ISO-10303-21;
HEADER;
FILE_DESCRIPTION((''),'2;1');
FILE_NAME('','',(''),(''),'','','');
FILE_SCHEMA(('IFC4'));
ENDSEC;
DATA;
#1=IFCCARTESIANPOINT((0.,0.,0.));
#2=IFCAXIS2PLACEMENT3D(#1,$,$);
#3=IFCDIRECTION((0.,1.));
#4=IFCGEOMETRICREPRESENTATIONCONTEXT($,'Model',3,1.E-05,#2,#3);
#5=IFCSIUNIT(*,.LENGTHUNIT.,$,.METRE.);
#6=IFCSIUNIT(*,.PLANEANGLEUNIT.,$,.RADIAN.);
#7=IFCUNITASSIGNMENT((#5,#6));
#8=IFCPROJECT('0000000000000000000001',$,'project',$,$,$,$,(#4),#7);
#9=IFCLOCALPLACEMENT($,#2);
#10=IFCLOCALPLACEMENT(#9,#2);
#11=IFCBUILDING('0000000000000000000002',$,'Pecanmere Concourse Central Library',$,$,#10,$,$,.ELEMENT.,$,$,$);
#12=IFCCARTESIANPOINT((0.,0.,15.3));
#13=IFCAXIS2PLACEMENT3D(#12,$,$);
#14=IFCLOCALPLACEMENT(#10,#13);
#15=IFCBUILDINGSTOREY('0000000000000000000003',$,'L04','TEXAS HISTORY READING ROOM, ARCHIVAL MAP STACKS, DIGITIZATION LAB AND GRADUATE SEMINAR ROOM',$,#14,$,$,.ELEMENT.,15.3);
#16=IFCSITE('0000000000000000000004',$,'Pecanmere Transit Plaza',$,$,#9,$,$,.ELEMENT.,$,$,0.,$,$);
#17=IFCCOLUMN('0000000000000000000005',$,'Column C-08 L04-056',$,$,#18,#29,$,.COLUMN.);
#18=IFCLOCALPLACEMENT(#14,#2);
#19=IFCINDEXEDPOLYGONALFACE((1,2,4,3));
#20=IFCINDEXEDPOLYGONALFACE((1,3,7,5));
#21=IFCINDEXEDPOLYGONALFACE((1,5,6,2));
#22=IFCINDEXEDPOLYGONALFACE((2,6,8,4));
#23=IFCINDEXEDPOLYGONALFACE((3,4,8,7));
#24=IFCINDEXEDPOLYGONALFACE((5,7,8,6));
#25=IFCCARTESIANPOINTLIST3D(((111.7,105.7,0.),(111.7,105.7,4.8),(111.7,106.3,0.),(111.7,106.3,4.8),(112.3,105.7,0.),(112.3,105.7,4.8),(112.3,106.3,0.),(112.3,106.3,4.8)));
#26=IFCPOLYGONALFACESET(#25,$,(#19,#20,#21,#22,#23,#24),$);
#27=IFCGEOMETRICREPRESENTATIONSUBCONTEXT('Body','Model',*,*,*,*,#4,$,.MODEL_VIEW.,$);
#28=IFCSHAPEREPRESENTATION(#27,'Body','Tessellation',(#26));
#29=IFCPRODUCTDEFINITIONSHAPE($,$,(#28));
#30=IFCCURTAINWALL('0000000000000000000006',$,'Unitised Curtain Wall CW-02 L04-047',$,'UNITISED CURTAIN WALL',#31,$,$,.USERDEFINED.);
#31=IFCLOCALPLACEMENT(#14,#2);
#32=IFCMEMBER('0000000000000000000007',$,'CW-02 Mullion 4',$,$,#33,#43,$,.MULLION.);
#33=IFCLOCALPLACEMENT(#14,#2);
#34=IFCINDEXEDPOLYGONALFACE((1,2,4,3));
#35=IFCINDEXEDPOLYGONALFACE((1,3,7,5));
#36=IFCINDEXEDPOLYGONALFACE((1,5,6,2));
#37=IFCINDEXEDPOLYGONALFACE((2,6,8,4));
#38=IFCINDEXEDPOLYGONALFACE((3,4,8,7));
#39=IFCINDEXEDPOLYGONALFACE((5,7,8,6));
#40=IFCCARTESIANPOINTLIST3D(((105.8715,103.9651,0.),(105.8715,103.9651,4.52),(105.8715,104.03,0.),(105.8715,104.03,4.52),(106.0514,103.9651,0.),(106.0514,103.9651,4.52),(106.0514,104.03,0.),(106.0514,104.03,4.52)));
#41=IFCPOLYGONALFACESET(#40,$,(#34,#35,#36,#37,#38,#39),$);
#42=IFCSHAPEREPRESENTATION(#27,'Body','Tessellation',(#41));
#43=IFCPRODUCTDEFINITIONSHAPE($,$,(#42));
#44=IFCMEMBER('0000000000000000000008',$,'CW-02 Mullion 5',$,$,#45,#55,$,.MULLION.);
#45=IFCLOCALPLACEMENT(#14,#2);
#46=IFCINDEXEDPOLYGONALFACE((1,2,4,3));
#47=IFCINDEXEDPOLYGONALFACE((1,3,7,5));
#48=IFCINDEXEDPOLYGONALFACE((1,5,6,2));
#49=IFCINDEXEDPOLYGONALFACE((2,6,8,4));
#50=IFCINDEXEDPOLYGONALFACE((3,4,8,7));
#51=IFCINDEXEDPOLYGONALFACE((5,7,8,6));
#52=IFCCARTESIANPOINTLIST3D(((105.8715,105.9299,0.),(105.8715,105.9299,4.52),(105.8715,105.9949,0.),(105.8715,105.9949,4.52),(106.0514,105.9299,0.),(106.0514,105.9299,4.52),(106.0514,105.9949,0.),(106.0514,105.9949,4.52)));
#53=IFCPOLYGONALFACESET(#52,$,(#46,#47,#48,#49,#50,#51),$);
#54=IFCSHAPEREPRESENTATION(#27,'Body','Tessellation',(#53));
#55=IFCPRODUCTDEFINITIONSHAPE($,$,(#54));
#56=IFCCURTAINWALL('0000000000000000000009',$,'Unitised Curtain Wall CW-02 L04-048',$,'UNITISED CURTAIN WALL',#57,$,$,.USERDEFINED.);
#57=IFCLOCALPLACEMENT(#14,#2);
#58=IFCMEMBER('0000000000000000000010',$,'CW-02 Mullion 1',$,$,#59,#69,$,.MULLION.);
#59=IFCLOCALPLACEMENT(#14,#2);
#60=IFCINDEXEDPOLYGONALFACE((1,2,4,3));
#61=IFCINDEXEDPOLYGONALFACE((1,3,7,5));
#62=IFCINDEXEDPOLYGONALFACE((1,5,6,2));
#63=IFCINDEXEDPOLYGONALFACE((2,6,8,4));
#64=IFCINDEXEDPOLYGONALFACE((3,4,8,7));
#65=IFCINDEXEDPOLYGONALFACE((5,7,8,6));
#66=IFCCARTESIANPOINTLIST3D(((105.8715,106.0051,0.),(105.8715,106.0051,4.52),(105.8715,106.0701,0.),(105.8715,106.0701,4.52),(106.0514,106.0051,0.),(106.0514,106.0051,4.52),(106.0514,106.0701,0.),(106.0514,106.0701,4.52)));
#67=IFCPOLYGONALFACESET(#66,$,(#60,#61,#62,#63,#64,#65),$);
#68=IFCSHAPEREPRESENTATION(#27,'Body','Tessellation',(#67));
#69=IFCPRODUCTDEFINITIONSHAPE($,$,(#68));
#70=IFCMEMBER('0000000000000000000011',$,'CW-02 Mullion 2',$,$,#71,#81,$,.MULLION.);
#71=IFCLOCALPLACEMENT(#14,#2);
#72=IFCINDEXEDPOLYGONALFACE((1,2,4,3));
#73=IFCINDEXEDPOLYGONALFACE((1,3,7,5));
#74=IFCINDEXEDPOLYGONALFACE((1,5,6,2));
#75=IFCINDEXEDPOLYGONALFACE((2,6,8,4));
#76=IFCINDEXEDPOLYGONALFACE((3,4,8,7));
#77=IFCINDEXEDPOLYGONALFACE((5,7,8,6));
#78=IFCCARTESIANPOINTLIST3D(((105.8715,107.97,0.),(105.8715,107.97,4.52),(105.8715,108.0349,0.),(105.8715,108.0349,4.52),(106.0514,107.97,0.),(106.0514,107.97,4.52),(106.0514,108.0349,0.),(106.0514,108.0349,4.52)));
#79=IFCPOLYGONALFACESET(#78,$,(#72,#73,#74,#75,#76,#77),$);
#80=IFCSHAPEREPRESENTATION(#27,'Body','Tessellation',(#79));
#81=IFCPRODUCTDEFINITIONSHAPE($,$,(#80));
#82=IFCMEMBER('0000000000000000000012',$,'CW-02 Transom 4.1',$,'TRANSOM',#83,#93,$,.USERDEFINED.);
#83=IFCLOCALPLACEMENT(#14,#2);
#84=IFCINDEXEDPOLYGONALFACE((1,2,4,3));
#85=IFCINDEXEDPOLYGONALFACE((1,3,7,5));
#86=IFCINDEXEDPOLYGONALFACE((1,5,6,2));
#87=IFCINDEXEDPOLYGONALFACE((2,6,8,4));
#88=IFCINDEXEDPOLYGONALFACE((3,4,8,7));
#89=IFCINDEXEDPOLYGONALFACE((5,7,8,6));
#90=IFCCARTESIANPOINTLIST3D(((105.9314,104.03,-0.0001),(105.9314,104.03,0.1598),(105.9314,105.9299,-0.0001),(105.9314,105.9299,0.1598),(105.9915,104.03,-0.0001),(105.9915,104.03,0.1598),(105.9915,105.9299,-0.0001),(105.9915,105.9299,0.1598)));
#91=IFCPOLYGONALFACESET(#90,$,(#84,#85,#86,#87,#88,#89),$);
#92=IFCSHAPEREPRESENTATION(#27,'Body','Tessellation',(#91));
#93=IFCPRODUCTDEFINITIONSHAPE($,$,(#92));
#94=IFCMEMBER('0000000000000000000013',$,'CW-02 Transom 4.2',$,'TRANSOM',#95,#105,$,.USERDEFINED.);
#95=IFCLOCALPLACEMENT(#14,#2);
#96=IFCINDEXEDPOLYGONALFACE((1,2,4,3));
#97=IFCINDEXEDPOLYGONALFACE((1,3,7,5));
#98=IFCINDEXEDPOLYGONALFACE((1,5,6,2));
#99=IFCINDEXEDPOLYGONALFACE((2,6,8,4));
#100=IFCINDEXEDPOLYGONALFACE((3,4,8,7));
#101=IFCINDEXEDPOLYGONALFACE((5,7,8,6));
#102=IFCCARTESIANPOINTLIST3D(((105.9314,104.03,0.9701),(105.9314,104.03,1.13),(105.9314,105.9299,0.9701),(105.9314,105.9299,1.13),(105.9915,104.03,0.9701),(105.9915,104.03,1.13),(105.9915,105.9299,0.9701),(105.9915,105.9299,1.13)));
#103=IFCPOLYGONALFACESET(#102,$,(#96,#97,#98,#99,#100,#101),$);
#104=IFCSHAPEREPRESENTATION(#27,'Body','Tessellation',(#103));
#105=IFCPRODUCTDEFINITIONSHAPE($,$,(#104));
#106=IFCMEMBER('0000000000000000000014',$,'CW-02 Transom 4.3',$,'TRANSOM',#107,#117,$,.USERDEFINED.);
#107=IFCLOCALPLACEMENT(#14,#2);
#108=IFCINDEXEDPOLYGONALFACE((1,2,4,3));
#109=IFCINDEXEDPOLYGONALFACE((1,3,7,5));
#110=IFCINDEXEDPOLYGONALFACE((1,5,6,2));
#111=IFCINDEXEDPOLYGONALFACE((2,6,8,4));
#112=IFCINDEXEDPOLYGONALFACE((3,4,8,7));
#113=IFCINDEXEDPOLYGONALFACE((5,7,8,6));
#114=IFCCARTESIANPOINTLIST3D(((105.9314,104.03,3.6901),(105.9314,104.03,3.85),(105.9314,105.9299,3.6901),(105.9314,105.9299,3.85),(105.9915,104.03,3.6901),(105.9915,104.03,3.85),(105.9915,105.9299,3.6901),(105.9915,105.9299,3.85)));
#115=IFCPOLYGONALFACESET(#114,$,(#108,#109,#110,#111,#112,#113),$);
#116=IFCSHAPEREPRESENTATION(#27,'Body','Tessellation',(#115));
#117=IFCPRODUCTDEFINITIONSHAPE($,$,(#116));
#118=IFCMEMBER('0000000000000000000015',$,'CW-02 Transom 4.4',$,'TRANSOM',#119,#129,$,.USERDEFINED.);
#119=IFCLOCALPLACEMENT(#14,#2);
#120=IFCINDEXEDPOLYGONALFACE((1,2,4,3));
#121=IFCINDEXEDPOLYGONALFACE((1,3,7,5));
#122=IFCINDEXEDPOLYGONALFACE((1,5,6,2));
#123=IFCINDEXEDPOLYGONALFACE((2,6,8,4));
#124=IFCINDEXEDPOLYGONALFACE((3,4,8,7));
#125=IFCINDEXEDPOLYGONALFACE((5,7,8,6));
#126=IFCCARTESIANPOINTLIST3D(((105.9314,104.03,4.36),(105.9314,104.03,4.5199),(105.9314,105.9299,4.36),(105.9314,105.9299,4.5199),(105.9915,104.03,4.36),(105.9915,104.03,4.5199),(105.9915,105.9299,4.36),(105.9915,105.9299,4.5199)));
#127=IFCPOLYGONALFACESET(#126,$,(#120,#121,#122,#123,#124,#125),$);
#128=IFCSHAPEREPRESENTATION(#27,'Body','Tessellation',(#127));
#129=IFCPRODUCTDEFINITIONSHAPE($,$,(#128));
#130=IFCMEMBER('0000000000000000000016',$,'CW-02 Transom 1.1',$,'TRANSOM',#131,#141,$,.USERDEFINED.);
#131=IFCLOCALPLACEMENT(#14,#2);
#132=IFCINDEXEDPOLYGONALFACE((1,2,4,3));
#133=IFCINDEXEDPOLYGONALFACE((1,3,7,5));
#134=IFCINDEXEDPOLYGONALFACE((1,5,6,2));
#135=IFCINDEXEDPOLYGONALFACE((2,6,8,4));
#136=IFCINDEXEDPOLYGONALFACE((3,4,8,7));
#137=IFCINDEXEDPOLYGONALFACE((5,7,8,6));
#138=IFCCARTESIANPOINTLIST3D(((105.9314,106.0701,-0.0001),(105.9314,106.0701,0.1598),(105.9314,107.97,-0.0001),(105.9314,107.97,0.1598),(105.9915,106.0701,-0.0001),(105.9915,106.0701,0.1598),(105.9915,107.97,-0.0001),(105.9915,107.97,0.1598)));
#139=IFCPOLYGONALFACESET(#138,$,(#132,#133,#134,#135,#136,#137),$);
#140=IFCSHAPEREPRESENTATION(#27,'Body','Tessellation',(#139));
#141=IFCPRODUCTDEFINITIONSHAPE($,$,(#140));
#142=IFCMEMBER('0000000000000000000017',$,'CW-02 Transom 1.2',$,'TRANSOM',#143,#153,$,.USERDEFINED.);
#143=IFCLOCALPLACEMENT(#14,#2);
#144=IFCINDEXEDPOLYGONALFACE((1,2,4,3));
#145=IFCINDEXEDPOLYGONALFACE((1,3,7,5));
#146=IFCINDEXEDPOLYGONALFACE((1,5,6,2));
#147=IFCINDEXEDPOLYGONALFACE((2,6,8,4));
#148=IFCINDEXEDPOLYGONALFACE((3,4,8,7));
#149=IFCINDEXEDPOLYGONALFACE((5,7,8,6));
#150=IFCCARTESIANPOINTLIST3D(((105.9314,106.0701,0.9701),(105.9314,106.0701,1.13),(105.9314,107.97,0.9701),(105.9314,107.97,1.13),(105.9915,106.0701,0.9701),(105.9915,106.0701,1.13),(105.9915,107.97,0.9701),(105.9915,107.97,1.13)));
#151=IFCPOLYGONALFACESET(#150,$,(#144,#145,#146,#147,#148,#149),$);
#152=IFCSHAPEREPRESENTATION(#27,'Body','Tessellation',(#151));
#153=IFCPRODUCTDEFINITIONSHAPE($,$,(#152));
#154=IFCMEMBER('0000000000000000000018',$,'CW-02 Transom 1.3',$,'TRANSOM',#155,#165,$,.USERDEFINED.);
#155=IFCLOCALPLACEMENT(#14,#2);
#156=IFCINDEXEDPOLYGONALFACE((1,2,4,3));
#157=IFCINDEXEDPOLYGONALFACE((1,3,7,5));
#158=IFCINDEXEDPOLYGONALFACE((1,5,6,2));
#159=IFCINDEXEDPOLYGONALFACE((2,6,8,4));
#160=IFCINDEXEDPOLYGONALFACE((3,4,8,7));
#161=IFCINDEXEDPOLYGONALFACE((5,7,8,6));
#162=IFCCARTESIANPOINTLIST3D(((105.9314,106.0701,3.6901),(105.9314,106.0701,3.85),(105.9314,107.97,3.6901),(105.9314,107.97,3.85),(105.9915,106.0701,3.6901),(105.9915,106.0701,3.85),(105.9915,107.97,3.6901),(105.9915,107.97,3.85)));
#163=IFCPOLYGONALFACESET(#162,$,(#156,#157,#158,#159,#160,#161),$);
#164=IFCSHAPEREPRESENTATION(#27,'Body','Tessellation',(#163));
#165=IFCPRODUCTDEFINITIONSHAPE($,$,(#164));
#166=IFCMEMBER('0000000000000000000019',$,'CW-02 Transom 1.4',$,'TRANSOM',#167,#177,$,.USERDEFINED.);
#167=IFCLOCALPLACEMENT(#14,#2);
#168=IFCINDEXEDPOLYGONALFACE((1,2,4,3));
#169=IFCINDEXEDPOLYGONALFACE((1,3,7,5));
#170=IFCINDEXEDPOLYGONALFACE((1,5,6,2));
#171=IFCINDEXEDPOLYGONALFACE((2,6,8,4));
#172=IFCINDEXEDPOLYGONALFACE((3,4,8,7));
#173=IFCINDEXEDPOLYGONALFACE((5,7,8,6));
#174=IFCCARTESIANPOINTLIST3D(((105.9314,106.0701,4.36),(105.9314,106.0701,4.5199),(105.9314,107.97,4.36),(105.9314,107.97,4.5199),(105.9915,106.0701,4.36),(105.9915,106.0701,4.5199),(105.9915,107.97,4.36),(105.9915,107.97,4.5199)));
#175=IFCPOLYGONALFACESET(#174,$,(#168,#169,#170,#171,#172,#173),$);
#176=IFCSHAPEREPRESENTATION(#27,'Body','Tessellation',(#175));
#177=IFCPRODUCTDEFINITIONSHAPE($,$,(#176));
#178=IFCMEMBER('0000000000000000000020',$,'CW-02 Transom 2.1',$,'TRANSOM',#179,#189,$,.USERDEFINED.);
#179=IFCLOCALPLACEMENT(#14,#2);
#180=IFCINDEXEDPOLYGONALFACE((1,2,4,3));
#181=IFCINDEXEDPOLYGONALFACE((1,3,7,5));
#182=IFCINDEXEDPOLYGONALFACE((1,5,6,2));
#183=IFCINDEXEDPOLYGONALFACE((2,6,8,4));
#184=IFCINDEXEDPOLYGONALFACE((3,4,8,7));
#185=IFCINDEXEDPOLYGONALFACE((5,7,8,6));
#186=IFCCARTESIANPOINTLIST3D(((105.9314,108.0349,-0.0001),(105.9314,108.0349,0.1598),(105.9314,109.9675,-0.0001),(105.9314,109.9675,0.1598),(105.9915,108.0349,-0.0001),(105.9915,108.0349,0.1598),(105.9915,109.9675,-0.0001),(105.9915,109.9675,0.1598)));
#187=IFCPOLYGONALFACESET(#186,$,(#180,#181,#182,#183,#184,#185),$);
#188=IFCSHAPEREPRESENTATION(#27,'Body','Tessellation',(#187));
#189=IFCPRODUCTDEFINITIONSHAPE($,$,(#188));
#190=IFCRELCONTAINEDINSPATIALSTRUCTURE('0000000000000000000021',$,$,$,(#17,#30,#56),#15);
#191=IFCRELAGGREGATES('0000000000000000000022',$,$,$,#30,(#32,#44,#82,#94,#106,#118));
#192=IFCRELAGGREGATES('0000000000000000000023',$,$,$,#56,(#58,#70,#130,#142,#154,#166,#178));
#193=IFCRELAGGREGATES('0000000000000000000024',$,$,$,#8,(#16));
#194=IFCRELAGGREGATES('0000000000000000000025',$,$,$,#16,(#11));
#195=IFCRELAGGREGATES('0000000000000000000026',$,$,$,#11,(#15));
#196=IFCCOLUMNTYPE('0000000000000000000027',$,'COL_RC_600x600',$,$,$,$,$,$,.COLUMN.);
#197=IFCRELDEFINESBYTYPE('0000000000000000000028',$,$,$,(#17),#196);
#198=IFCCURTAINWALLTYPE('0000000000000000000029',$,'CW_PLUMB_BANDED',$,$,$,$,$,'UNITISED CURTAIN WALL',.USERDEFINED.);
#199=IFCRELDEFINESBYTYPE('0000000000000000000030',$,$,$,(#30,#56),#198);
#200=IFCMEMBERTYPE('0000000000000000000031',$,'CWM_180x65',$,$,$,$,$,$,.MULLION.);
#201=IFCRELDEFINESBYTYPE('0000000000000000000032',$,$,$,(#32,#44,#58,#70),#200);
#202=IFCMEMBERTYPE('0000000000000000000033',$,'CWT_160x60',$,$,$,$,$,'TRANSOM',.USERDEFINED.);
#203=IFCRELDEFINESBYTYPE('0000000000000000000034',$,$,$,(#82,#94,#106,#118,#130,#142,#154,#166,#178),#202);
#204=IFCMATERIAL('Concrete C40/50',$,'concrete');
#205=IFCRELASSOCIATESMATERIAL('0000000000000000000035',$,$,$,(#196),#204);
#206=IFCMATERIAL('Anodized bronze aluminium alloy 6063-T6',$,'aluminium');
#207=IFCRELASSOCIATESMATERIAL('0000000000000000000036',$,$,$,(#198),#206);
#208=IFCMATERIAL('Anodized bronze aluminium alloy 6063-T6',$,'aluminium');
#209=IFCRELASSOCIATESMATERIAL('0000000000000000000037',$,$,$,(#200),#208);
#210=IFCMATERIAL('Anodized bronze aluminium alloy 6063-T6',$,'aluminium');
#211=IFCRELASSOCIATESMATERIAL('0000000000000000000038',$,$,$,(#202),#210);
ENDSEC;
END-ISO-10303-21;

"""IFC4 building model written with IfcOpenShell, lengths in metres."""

from ifc_helpers import new_model, si_unit, direction, frame, origin, origin_2d, place, context, subcontext, project, spatial, rectangle, extrude, material, material_profile, profile_set, type_object, element, aggregate, save


model = new_model("IFC4")

# Units and contexts
model_context = context("Model", 3, precision=1e-05, world=origin(), true_north=direction((0.0, 1.0)))
body_context = subcontext(model_context, "Body", "Model", "MODEL_VIEW")
ifc_project = project(units=[si_unit("LENGTHUNIT", "METRE"), si_unit("PLANEANGLEUNIT", "RADIAN")], contexts=[model_context])

# Site, building, storey
site_placement = place(None, origin())
site = spatial("IfcSite", under=ifc_project, at=site_placement, Name="Pecanmere Transit Plaza", CompositionType="ELEMENT", RefElevation=0.0)
building_placement = place(site_placement, origin())
building = spatial("IfcBuilding", under=site, at=building_placement, Name="Pecanmere Concourse Central Library", CompositionType="ELEMENT")
storey_placement = place(building_placement, frame((0.0, 0.0, 15.3)))
storey = spatial("IfcBuildingStorey", under=building, at=storey_placement, Name="L04", Description="TEXAS HISTORY READING ROOM, ARCHIVAL MAP STACKS, DIGITIZATION LAB AND GRADUATE SEMINAR ROOM", CompositionType="ELEMENT", Elevation=15.3)

# Column
ifc_material_1 = material(Name="Concrete C40/50", Category="concrete")
ifc_material_profile_1 = material_profile(ifc_material_1, rectangle(XDim=0.6001, YDim=0.6001, at=origin_2d()), Name="RC 600x600")
ifc_profile_set_1 = profile_set([ifc_material_profile_1], Name="Concrete C40/50")
column_type = type_object("IfcColumnType", Name="COL_RC_600x600", PredefinedType="COLUMN", material=ifc_profile_set_1)
column_placement = place(storey_placement, frame((112.0, 106.0, 0.0), z_axis=(0.0, 0.0, 1.0), x_axis=(1.0, 0.0, 0.0)))
element("IfcColumn", 1, at=column_placement, inside=storey, type_object=column_type, Name="Column C-08 L04-056", PredefinedType="COLUMN", context=body_context, shape_type="SweptSolid", body=[
    extrude(rectangle(XDim=0.6001, YDim=0.6001, at=origin_2d()), origin(), (0.0, 0.0, 1.0), 4.8),
])

# Curtain walls, members
ifc_material_2 = material(Name="Anodized bronze aluminium alloy 6063-T6", Category="aluminium")
curtain_wall_type = type_object("IfcCurtainWallType", Name="CW_PLUMB_BANDED", ElementType="UNITISED CURTAIN WALL", PredefinedType="USERDEFINED", material=ifc_material_2)
curtain_wall_1_placement = place(storey_placement, origin())
curtain_wall_1 = element("IfcCurtainWall", 2, at=curtain_wall_1_placement, inside=storey, type_object=curtain_wall_type, Name="Unitised Curtain Wall CW-02 L04-047", ObjectType="UNITISED CURTAIN WALL", PredefinedType="USERDEFINED")
ifc_material_3 = material(Name="Anodized bronze aluminium alloy 6063-T6", Category="aluminium")
ifc_material_profile_2 = material_profile(ifc_material_3, rectangle(XDim=0.0649, YDim=0.1799, at=origin_2d()), Name="AL 65x180")
ifc_profile_set_2 = profile_set([ifc_material_profile_2], Name="Anodized bronze aluminium alloy 6063-T6")
member_type_1 = type_object("IfcMemberType", Name="CWM_180x65", PredefinedType="MULLION", material=ifc_profile_set_2)
member_1_placement = place(storey_placement, frame((105.9614, 103.9976, 0.0), z_axis=(0.0, 0.0, 1.0), x_axis=(0.0, 1.0, 0.0)))
member_1 = element("IfcMember", 3, at=member_1_placement, type_object=member_type_1, Name="CW-02 Mullion 4", PredefinedType="MULLION", context=body_context, shape_type="SweptSolid", body=[
    extrude(rectangle(XDim=0.0649, YDim=0.1799, at=origin_2d()), origin(), (0.0, 0.0, 1.0), 4.52),
])
member_2_placement = place(storey_placement, frame((105.9614, 105.9624, 0.0), z_axis=(0.0, 0.0, 1.0), x_axis=(0.0, 1.0, 0.0)))
member_2 = element("IfcMember", 4, at=member_2_placement, type_object=member_type_1, Name="CW-02 Mullion 5", PredefinedType="MULLION", context=body_context, shape_type="SweptSolid", body=[
    extrude(rectangle(XDim=0.0649, YDim=0.1799, at=origin_2d()), origin(), (0.0, 0.0, 1.0), 4.52),
])
curtain_wall_2_placement = place(storey_placement, origin())
curtain_wall_2 = element("IfcCurtainWall", 5, at=curtain_wall_2_placement, inside=storey, type_object=curtain_wall_type, Name="Unitised Curtain Wall CW-02 L04-048", ObjectType="UNITISED CURTAIN WALL", PredefinedType="USERDEFINED")
member_3_placement = place(storey_placement, frame((105.9614, 106.0376, 0.0), z_axis=(0.0, 0.0, 1.0), x_axis=(0.0, 1.0, 0.0)))
member_3 = element("IfcMember", 6, at=member_3_placement, type_object=member_type_1, Name="CW-02 Mullion 1", PredefinedType="MULLION", context=body_context, shape_type="SweptSolid", body=[
    extrude(rectangle(XDim=0.0649, YDim=0.1799, at=origin_2d()), origin(), (0.0, 0.0, 1.0), 4.52),
])
member_4_placement = place(storey_placement, frame((105.9614, 108.0024, 0.0), z_axis=(0.0, 0.0, 1.0), x_axis=(0.0, 1.0, 0.0)))
member_4 = element("IfcMember", 7, at=member_4_placement, type_object=member_type_1, Name="CW-02 Mullion 2", PredefinedType="MULLION", context=body_context, shape_type="SweptSolid", body=[
    extrude(rectangle(XDim=0.0649, YDim=0.1799, at=origin_2d()), origin(), (0.0, 0.0, 1.0), 4.52),
])

# Members
ifc_material_4 = material(Name="Anodized bronze aluminium alloy 6063-T6", Category="aluminium")
ifc_material_profile_3 = material_profile(ifc_material_4, rectangle(XDim=0.0601, YDim=0.1599, at=origin_2d()), Name="AL 60x160")
ifc_profile_set_3 = profile_set([ifc_material_profile_3], Name="Anodized bronze aluminium alloy 6063-T6")
member_type_2 = type_object("IfcMemberType", Name="CWT_160x60", ElementType="TRANSOM", PredefinedType="USERDEFINED", material=ifc_profile_set_3)
member_5_placement = place(storey_placement, frame((105.9614, 104.03, 0.0798), z_axis=(0.0, 1.0, 0.0), x_axis=(-1.0, 0.0, 0.0)))
member_5 = element("IfcMember", 8, at=member_5_placement, type_object=member_type_2, Name="CW-02 Transom 4.1", ObjectType="TRANSOM", PredefinedType="USERDEFINED", context=body_context, shape_type="SweptSolid", body=[
    extrude(rectangle(XDim=0.0601, YDim=0.1599, at=origin_2d()), origin(), (0.0, 0.0, 1.0), 1.8999),
])
member_6_placement = place(storey_placement, frame((105.9614, 104.03, 1.05), z_axis=(0.0, 1.0, 0.0), x_axis=(-1.0, 0.0, 0.0)))
member_6 = element("IfcMember", 9, at=member_6_placement, type_object=member_type_2, Name="CW-02 Transom 4.2", ObjectType="TRANSOM", PredefinedType="USERDEFINED", context=body_context, shape_type="SweptSolid", body=[
    extrude(rectangle(XDim=0.0601, YDim=0.1599, at=origin_2d()), origin(), (0.0, 0.0, 1.0), 1.8999),
])
member_7_placement = place(storey_placement, frame((105.9614, 104.03, 3.77), z_axis=(0.0, 1.0, 0.0), x_axis=(-1.0, 0.0, 0.0)))
member_7 = element("IfcMember", 10, at=member_7_placement, type_object=member_type_2, Name="CW-02 Transom 4.3", ObjectType="TRANSOM", PredefinedType="USERDEFINED", context=body_context, shape_type="SweptSolid", body=[
    extrude(rectangle(XDim=0.0601, YDim=0.1599, at=origin_2d()), origin(), (0.0, 0.0, 1.0), 1.8999),
])
member_8_placement = place(storey_placement, frame((105.9614, 104.03, 4.4399), z_axis=(0.0, 1.0, 0.0), x_axis=(-1.0, 0.0, 0.0)))
member_8 = element("IfcMember", 11, at=member_8_placement, type_object=member_type_2, Name="CW-02 Transom 4.4", ObjectType="TRANSOM", PredefinedType="USERDEFINED", context=body_context, shape_type="SweptSolid", body=[
    extrude(rectangle(XDim=0.0601, YDim=0.1599, at=origin_2d()), origin(), (0.0, 0.0, 1.0), 1.8999),
])
member_9_placement = place(storey_placement, frame((105.9614, 106.0701, 0.0798), z_axis=(0.0, 1.0, 0.0), x_axis=(-1.0, 0.0, 0.0)))
member_9 = element("IfcMember", 12, at=member_9_placement, type_object=member_type_2, Name="CW-02 Transom 1.1", ObjectType="TRANSOM", PredefinedType="USERDEFINED", context=body_context, shape_type="SweptSolid", body=[
    extrude(rectangle(XDim=0.0601, YDim=0.1599, at=origin_2d()), origin(), (0.0, 0.0, 1.0), 1.8999),
])
member_10_placement = place(storey_placement, frame((105.9614, 106.0701, 1.05), z_axis=(0.0, 1.0, 0.0), x_axis=(-1.0, 0.0, 0.0)))
member_10 = element("IfcMember", 13, at=member_10_placement, type_object=member_type_2, Name="CW-02 Transom 1.2", ObjectType="TRANSOM", PredefinedType="USERDEFINED", context=body_context, shape_type="SweptSolid", body=[
    extrude(rectangle(XDim=0.0601, YDim=0.1599, at=origin_2d()), origin(), (0.0, 0.0, 1.0), 1.8999),
])
member_11_placement = place(storey_placement, frame((105.9614, 106.0701, 3.77), z_axis=(0.0, 1.0, 0.0), x_axis=(-1.0, 0.0, 0.0)))
member_11 = element("IfcMember", 14, at=member_11_placement, type_object=member_type_2, Name="CW-02 Transom 1.3", ObjectType="TRANSOM", PredefinedType="USERDEFINED", context=body_context, shape_type="SweptSolid", body=[
    extrude(rectangle(XDim=0.0601, YDim=0.1599, at=origin_2d()), origin(), (0.0, 0.0, 1.0), 1.8999),
])
member_12_placement = place(storey_placement, frame((105.9614, 106.0701, 4.4399), z_axis=(0.0, 1.0, 0.0), x_axis=(-1.0, 0.0, 0.0)))
member_12 = element("IfcMember", 15, at=member_12_placement, type_object=member_type_2, Name="CW-02 Transom 1.4", ObjectType="TRANSOM", PredefinedType="USERDEFINED", context=body_context, shape_type="SweptSolid", body=[
    extrude(rectangle(XDim=0.0601, YDim=0.1599, at=origin_2d()), origin(), (0.0, 0.0, 1.0), 1.8999),
])
member_13_placement = place(storey_placement, frame((105.9614, 108.0349, 0.0798), z_axis=(0.0, 1.0, 0.0), x_axis=(-1.0, 0.0, 0.0)))
member_13 = element("IfcMember", 16, at=member_13_placement, type_object=member_type_2, Name="CW-02 Transom 2.1", ObjectType="TRANSOM", PredefinedType="USERDEFINED", context=body_context, shape_type="SweptSolid", body=[
    extrude(rectangle(XDim=0.0601, YDim=0.1599, at=origin_2d()), origin(), (0.0, 0.0, 1.0), 1.9326),
])

aggregate(curtain_wall_1, [member_1, member_2, member_5, member_6, member_7, member_8])
aggregate(curtain_wall_2, [member_3, member_4, member_9, member_10, member_11, member_12, member_13])

save(model, "model.ifc")
